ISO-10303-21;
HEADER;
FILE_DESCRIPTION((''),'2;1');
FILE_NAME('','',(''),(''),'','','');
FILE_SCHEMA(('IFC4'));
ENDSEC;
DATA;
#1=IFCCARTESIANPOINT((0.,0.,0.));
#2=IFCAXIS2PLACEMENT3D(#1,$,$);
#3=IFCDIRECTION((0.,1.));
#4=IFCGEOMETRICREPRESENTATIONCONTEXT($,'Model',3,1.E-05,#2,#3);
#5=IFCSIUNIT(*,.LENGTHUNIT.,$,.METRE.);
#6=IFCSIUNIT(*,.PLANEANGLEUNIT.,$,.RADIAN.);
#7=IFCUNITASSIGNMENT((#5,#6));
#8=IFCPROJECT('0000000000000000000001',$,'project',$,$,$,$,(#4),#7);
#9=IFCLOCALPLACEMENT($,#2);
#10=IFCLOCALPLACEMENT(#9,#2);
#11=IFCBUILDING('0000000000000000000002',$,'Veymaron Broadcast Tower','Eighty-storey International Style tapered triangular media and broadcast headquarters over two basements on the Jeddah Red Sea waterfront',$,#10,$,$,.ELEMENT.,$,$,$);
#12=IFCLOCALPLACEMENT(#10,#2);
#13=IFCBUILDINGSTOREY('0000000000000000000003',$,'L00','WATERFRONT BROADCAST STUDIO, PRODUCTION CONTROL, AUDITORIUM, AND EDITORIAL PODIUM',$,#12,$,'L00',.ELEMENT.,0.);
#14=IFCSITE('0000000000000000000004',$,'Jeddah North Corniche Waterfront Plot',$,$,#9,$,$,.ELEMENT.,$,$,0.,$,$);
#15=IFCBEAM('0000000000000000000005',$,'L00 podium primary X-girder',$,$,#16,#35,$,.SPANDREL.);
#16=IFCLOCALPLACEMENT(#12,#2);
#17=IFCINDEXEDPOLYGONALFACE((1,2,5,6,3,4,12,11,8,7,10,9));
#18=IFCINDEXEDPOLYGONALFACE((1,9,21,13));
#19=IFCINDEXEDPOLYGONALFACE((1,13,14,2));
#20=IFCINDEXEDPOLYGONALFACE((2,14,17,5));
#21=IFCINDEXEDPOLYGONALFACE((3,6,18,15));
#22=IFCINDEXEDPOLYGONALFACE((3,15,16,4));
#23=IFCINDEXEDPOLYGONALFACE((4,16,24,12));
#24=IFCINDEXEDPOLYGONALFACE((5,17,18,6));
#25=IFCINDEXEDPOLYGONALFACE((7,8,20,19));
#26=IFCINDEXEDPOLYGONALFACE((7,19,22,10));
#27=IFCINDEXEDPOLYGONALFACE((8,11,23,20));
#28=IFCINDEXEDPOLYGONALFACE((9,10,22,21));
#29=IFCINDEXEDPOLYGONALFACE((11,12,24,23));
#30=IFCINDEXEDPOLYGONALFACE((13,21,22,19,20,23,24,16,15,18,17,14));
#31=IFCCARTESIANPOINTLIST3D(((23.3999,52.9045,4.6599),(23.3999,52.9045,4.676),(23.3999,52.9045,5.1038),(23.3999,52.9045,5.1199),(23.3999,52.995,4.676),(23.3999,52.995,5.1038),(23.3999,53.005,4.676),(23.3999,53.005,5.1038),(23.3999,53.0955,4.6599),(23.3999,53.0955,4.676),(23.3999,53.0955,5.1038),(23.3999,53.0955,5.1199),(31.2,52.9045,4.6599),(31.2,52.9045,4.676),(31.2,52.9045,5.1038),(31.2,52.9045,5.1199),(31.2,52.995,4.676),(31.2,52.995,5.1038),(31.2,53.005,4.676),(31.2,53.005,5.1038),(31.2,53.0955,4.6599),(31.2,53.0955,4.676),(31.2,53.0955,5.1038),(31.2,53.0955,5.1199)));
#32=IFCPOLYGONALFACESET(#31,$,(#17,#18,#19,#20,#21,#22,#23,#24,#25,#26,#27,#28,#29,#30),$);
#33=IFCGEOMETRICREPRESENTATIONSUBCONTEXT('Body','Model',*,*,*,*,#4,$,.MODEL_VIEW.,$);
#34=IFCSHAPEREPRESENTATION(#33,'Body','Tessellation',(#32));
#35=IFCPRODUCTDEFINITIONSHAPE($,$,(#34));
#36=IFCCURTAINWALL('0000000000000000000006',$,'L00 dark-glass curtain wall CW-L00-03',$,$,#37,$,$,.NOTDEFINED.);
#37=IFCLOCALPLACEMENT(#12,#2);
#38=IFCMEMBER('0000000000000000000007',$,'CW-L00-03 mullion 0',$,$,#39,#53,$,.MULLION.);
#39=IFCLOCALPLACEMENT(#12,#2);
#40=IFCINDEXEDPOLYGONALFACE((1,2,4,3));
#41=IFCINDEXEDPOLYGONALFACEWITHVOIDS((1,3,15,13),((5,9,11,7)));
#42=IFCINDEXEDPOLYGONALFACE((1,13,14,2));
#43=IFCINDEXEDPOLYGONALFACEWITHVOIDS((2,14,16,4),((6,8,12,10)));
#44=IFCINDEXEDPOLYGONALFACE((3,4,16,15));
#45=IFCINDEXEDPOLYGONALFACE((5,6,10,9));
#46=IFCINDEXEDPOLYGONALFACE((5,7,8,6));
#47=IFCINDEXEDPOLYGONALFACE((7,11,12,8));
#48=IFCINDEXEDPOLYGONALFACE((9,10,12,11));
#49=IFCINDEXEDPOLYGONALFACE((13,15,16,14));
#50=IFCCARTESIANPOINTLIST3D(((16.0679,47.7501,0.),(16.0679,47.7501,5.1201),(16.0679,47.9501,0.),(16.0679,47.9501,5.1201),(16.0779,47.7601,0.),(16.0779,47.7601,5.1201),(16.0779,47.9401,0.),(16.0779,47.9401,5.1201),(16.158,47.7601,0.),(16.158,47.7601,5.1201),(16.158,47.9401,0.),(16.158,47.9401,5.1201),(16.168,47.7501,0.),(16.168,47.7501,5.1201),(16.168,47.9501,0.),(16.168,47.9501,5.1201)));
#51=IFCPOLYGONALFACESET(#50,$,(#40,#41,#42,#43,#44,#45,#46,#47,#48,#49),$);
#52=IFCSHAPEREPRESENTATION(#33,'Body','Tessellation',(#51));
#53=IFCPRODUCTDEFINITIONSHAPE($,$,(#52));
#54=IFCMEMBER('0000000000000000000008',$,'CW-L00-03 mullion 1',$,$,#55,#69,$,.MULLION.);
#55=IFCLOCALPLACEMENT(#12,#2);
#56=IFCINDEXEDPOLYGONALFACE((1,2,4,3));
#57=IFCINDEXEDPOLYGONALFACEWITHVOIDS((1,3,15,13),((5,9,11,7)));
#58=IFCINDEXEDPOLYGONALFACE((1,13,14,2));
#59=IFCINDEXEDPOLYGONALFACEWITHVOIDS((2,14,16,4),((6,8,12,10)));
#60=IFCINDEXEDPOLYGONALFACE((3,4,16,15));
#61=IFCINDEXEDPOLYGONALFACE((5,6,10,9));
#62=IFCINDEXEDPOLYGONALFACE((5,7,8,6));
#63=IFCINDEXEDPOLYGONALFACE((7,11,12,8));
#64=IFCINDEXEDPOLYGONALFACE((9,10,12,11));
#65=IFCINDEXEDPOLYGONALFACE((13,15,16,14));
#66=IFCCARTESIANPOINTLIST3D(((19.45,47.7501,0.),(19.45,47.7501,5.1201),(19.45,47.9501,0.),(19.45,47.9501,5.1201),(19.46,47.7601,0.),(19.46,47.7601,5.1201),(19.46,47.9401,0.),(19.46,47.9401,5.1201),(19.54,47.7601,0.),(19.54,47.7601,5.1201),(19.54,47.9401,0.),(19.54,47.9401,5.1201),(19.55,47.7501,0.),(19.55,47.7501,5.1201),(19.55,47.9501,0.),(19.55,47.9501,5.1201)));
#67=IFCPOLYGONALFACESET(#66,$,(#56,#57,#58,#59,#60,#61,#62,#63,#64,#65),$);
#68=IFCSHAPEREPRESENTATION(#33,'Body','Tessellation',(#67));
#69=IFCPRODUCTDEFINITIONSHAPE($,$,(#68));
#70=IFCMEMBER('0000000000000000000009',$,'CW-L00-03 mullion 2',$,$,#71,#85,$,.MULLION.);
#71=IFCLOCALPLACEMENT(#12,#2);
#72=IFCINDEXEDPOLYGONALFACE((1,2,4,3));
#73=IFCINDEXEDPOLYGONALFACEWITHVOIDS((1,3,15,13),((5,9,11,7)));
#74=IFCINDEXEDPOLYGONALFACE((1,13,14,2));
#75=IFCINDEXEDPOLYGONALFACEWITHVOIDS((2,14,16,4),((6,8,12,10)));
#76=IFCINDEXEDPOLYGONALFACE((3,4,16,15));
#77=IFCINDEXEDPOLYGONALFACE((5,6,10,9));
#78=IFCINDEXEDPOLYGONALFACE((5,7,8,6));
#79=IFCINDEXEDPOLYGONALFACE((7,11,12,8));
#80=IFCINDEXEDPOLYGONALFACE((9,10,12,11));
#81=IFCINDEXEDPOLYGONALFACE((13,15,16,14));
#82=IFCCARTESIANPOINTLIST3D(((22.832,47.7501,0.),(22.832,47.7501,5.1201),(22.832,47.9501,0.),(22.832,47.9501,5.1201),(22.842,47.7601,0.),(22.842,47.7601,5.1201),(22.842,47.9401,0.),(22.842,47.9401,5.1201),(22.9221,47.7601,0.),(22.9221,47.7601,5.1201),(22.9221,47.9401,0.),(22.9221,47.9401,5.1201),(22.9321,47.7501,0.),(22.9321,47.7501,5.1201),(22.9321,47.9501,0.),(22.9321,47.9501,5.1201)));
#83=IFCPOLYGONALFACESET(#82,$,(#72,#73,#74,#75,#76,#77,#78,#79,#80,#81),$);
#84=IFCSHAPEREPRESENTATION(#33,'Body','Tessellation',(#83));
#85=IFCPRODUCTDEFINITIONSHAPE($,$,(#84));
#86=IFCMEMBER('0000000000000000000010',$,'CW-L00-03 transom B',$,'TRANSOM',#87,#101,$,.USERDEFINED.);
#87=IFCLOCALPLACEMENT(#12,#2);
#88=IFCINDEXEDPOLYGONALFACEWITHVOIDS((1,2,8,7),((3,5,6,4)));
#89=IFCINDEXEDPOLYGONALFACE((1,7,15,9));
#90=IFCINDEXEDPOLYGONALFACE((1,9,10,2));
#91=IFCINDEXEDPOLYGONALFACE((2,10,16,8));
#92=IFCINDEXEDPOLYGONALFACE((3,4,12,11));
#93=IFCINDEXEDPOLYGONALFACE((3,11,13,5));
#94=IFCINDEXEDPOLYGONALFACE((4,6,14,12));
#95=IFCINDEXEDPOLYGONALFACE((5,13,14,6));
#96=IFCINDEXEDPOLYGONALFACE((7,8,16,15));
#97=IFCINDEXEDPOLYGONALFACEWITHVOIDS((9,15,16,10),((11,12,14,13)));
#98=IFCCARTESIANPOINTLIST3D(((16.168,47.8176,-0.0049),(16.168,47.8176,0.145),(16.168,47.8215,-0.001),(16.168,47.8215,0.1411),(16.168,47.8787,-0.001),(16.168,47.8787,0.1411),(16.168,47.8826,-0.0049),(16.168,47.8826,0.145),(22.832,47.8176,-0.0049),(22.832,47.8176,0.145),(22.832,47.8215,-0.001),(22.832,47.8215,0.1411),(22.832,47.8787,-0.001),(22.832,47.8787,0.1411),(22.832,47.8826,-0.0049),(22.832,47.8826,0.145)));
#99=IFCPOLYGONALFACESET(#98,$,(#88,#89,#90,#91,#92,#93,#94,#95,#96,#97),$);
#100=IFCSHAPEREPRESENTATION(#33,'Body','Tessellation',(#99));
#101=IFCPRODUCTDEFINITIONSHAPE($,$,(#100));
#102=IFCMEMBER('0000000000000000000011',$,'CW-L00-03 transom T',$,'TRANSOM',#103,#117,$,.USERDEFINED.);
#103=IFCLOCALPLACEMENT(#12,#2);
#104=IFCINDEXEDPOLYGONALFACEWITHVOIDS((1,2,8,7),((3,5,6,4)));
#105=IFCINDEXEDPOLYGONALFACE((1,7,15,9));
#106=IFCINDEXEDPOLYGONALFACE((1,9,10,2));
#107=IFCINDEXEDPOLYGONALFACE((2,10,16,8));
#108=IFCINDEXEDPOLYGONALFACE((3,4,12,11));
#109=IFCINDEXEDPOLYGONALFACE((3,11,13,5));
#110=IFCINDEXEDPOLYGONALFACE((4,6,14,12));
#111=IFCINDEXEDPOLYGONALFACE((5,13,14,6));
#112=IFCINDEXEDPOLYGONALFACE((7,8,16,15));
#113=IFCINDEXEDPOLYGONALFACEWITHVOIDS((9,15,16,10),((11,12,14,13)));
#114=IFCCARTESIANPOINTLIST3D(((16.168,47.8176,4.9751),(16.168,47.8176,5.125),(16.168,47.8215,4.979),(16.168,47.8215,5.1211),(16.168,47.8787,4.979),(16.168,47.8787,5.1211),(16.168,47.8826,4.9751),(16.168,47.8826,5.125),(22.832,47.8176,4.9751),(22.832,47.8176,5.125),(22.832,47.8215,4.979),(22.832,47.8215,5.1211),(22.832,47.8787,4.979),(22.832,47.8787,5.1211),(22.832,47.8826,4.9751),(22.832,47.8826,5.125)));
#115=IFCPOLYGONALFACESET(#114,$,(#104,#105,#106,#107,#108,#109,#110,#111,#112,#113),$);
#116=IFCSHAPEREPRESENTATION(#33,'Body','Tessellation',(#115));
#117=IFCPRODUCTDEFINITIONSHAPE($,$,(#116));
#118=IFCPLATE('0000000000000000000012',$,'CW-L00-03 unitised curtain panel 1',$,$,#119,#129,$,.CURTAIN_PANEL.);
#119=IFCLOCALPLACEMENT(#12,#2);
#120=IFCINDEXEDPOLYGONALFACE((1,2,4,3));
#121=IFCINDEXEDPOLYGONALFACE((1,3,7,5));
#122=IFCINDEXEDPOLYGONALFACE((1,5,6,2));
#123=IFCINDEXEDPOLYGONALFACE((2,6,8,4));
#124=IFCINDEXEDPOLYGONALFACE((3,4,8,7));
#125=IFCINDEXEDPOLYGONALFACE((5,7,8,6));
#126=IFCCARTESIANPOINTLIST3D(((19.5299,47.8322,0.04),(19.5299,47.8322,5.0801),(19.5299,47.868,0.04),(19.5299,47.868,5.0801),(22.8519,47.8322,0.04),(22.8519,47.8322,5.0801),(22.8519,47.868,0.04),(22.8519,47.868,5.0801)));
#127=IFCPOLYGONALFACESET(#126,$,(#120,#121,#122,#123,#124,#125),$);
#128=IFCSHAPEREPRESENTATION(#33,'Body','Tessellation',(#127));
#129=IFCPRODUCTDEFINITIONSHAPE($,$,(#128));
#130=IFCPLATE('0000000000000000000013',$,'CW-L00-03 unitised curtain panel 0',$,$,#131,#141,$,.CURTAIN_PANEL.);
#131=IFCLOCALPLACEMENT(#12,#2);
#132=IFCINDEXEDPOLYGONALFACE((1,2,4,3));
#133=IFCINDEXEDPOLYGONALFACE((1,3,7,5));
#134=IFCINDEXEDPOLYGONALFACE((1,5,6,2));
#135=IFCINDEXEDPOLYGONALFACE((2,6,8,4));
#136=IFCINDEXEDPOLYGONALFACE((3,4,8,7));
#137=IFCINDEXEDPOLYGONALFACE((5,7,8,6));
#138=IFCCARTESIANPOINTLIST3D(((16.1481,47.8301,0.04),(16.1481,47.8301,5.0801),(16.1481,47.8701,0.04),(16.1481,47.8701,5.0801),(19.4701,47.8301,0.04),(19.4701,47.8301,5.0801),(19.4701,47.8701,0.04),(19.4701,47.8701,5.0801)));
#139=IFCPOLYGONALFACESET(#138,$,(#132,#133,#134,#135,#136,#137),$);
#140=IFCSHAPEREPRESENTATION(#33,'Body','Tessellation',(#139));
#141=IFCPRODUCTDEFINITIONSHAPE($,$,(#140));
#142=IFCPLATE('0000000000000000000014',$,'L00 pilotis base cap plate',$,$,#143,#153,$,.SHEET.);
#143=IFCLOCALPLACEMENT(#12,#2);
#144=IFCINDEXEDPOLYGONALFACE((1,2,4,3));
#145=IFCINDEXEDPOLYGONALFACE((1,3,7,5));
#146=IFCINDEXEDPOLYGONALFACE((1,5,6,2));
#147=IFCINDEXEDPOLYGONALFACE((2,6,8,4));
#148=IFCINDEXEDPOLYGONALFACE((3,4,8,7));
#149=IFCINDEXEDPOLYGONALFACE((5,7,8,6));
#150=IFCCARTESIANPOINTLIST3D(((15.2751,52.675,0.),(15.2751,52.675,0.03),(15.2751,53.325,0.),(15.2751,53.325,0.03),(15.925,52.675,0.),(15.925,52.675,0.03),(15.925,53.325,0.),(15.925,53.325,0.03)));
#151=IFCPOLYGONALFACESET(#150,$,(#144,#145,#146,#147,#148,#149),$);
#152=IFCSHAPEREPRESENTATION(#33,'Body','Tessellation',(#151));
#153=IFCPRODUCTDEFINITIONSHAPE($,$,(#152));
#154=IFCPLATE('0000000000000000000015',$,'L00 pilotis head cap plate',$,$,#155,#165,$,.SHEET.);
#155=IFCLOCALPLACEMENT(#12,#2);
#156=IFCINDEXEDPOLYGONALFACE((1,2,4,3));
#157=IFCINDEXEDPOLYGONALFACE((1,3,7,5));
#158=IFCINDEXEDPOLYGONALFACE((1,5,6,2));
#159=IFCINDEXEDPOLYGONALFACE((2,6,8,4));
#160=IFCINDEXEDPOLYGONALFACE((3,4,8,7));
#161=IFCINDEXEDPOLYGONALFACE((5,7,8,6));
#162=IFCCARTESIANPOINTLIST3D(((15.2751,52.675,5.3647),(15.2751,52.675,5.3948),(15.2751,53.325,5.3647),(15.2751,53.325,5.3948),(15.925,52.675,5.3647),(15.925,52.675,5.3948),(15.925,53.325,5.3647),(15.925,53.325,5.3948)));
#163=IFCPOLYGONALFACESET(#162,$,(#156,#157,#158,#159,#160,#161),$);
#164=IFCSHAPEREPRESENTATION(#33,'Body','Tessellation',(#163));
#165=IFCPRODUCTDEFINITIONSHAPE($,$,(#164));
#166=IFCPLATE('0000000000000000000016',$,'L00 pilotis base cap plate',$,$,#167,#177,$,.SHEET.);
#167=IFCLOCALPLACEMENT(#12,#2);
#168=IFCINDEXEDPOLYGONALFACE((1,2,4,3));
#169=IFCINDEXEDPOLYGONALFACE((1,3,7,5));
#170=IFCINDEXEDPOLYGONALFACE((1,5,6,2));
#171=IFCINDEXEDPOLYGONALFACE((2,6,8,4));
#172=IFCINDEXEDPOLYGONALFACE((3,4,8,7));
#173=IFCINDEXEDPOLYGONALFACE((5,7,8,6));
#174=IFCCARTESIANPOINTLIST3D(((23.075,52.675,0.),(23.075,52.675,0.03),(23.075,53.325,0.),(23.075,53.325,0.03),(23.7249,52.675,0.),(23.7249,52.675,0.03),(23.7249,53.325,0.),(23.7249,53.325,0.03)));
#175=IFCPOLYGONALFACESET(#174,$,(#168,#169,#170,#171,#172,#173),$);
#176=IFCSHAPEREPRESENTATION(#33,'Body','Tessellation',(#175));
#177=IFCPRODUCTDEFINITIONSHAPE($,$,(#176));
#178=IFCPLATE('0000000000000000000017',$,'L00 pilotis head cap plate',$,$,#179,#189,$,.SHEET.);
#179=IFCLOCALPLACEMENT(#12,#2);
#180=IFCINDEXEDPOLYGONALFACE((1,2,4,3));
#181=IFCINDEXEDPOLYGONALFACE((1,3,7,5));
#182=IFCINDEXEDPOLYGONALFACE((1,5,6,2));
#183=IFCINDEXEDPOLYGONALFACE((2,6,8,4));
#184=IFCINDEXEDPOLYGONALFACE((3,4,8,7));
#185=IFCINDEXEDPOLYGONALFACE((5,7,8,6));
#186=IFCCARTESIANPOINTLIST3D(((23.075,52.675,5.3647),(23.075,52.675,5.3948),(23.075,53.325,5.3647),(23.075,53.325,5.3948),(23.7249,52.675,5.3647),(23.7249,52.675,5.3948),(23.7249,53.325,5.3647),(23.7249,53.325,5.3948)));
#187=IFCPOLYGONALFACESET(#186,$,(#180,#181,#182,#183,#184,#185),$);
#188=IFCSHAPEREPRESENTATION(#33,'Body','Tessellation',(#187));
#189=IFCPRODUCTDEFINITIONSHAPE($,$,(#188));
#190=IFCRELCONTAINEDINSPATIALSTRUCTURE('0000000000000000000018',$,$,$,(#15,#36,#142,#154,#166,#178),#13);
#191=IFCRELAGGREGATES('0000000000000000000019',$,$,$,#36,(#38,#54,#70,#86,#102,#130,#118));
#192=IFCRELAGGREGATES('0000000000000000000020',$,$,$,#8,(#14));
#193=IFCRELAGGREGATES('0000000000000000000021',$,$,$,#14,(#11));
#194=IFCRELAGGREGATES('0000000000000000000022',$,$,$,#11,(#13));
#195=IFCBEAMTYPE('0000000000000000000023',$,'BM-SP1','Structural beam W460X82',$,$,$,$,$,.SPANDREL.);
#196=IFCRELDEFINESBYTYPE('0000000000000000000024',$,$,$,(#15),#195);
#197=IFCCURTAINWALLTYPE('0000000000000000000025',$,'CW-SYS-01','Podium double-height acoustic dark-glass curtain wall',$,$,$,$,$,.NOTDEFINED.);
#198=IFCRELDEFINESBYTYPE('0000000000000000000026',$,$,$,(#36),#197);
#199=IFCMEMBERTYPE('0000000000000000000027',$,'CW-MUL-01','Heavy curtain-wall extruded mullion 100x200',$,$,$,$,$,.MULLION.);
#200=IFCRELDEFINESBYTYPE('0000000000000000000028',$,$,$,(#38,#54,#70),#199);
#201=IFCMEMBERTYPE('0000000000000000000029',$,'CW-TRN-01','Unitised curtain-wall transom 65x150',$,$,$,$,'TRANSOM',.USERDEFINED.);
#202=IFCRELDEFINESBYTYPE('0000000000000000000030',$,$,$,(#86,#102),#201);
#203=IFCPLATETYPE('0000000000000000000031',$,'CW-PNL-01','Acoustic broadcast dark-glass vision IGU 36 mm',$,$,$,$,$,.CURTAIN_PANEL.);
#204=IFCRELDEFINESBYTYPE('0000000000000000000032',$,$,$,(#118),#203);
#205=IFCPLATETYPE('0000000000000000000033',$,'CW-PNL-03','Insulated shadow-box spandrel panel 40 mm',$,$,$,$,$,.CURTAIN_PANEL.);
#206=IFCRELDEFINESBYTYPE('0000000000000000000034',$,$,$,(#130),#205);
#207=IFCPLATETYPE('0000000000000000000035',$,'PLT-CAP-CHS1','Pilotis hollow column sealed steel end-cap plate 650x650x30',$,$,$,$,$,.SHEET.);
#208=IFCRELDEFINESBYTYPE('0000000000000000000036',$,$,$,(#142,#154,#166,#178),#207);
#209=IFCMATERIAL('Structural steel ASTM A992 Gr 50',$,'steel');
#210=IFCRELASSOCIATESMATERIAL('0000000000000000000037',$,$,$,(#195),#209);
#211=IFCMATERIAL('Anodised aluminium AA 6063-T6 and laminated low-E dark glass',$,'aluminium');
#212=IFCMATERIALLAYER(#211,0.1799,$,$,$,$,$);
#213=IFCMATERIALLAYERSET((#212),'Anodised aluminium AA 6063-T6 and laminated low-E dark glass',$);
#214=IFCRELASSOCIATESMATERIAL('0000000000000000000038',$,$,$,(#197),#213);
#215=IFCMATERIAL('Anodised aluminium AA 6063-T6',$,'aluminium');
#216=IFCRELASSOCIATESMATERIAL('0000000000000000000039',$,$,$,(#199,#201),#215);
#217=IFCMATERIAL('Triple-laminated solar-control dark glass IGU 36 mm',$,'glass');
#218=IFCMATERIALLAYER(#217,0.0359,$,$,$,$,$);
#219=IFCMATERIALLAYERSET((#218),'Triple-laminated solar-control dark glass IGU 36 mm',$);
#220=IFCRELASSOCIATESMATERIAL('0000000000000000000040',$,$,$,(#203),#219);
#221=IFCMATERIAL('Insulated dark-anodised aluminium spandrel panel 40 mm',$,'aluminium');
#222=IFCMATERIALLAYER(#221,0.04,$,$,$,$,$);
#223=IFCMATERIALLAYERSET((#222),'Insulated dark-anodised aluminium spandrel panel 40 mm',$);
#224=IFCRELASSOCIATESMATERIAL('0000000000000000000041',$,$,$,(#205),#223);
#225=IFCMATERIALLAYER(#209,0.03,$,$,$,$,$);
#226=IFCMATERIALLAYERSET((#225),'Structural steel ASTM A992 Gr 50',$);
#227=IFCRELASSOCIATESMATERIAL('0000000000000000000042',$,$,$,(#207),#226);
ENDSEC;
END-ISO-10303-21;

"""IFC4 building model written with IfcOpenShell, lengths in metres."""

from ifc_helpers import new_model, si_unit, direction, frame, origin, origin_2d, place, context, subcontext, project, spatial, rectangle, hollow_rectangle, i_section, extrude, material, layer, layer_set, material_profile, profile_set, type_object, element, aggregate, save


model = new_model("IFC4")

# Units and contexts
model_context = context("Model", 3, precision=1e-05, world=origin(), true_north=direction((0.0, 1.0)))
body_context = subcontext(model_context, "Body", "Model", "MODEL_VIEW")
ifc_project = project(units=[si_unit("LENGTHUNIT", "METRE"), si_unit("PLANEANGLEUNIT", "RADIAN")], contexts=[model_context])

# Site, building, storey
site_placement = place(None, origin())
site = spatial("IfcSite", under=ifc_project, at=site_placement, Name="Jeddah North Corniche Waterfront Plot", CompositionType="ELEMENT", RefElevation=0.0)
building_placement = place(site_placement, origin())
building = spatial("IfcBuilding", under=site, at=building_placement, Name="Veymaron Broadcast Tower", Description="Eighty-storey International Style tapered triangular media and broadcast headquarters over two basements on the Jeddah Red Sea waterfront", CompositionType="ELEMENT")
storey_placement = place(building_placement, origin())
storey = spatial("IfcBuildingStorey", under=building, at=storey_placement, Name="L00", Description="WATERFRONT BROADCAST STUDIO, PRODUCTION CONTROL, AUDITORIUM, AND EDITORIAL PODIUM", LongName="L00", CompositionType="ELEMENT", Elevation=0.0)

# Shared definitions
ifc_material_1 = material(Name="Structural steel ASTM A992 Gr 50", Category="steel")

# Beam
ifc_material_profile_1 = material_profile(ifc_material_1, i_section(OverallWidth=0.1909, OverallDepth=0.46, WebThickness=0.01, FlangeThickness=0.0161, at=origin_2d()), Name="W460X82")
ifc_profile_set_1 = profile_set([ifc_material_profile_1], Name="Structural steel ASTM A992 Gr 50")
beam_type_1 = type_object("IfcBeamType", Name="BM-SP1", Description="Structural beam W460X82", PredefinedType="SPANDREL", material=ifc_profile_set_1)
beam_1_placement = place(storey_placement, frame((23.3999, 53.0, 4.8899), z_axis=(1.0, 0.0, 0.0), x_axis=(0.0, 1.0, 0.0)))
element("IfcBeam", 1, at=beam_1_placement, inside=storey, type_object=beam_type_1, Name="L00 podium primary X-girder", PredefinedType="SPANDREL", context=body_context, shape_type="SweptSolid", body=[
    extrude(i_section(OverallWidth=0.1909, OverallDepth=0.46, WebThickness=0.01, FlangeThickness=0.0161, at=origin_2d()), origin(), (0.0, 0.0, 1.0), 7.8),
])

# Curtain wall, members, plates
ifc_material_2 = material(Name="Anodised aluminium AA 6063-T6 and laminated low-E dark glass", Category="aluminium")
ifc_layer_1 = layer(ifc_material_2, 0.1799)
ifc_layer_set_1 = layer_set([ifc_layer_1], Name="Anodised aluminium AA 6063-T6 and laminated low-E dark glass")
curtain_wall_type = type_object("IfcCurtainWallType", Name="CW-SYS-01", Description="Podium double-height acoustic dark-glass curtain wall", PredefinedType="NOTDEFINED", material=ifc_layer_set_1)
curtain_wall_placement = place(storey_placement, origin())
curtain_wall = element("IfcCurtainWall", 2, at=curtain_wall_placement, inside=storey, type_object=curtain_wall_type, Name="L00 dark-glass curtain wall CW-L00-03", PredefinedType="NOTDEFINED")
ifc_material_3 = material(Name="Anodised aluminium AA 6063-T6", Category="aluminium")
ifc_material_profile_2 = material_profile(ifc_material_3, hollow_rectangle(XDim=0.1001, YDim=0.2, WallThickness=0.01, at=origin_2d()), Name="RHS200X100X10")
ifc_profile_set_2 = profile_set([ifc_material_profile_2], Name="Anodised aluminium AA 6063-T6")
member_type_1 = type_object("IfcMemberType", Name="CW-MUL-01", Description="Heavy curtain-wall extruded mullion 100x200", PredefinedType="MULLION", material=ifc_profile_set_2)
member_1_placement = place(storey_placement, frame((16.1179, 47.8501, 0.0), z_axis=(0.0, 0.0, 1.0), x_axis=(1.0, 0.0, 0.0)))
member_1 = element("IfcMember", 3, at=member_1_placement, type_object=member_type_1, Name="CW-L00-03 mullion 0", PredefinedType="MULLION", context=body_context, shape_type="SweptSolid", body=[
    extrude(hollow_rectangle(XDim=0.1001, YDim=0.2, WallThickness=0.01, at=origin_2d()), origin(), (0.0, 0.0, 1.0), 5.1201),
])
member_2_placement = place(storey_placement, frame((19.5, 47.8501, 0.0), z_axis=(0.0, 0.0, 1.0), x_axis=(1.0, 0.0, 0.0)))
member_2 = element("IfcMember", 4, at=member_2_placement, type_object=member_type_1, Name="CW-L00-03 mullion 1", PredefinedType="MULLION", context=body_context, shape_type="SweptSolid", body=[
    extrude(hollow_rectangle(XDim=0.1001, YDim=0.2, WallThickness=0.01, at=origin_2d()), origin(), (0.0, 0.0, 1.0), 5.1201),
])
member_3_placement = place(storey_placement, frame((22.8821, 47.8501, 0.0), z_axis=(0.0, 0.0, 1.0), x_axis=(1.0, 0.0, 0.0)))
member_3 = element("IfcMember", 5, at=member_3_placement, type_object=member_type_1, Name="CW-L00-03 mullion 2", PredefinedType="MULLION", context=body_context, shape_type="SweptSolid", body=[
    extrude(hollow_rectangle(XDim=0.1001, YDim=0.2, WallThickness=0.01, at=origin_2d()), origin(), (0.0, 0.0, 1.0), 5.1201),
])
ifc_material_profile_3 = material_profile(ifc_material_3, hollow_rectangle(XDim=0.0649, YDim=0.1499, WallThickness=0.0039, at=origin_2d()), Name="AL150X65X4")
ifc_profile_set_3 = profile_set([ifc_material_profile_3], Name="Anodised aluminium AA 6063-T6")
member_type_2 = type_object("IfcMemberType", Name="CW-TRN-01", Description="Unitised curtain-wall transom 65x150", ElementType="TRANSOM", PredefinedType="USERDEFINED", material=ifc_profile_set_3)
member_4_placement = place(storey_placement, frame((16.168, 47.8501, 0.0701), z_axis=(1.0, 0.0, 0.0), x_axis=(0.0, 1.0, 0.0)))
member_4 = element("IfcMember", 6, at=member_4_placement, type_object=member_type_2, Name="CW-L00-03 transom B", ObjectType="TRANSOM", PredefinedType="USERDEFINED", context=body_context, shape_type="SweptSolid", body=[
    extrude(hollow_rectangle(XDim=0.0649, YDim=0.1499, WallThickness=0.0039, at=origin_2d()), origin(), (0.0, 0.0, 1.0), 6.6641),
])
member_5_placement = place(storey_placement, frame((16.168, 47.8501, 5.05), z_axis=(1.0, 0.0, 0.0), x_axis=(0.0, 1.0, 0.0)))
member_5 = element("IfcMember", 7, at=member_5_placement, type_object=member_type_2, Name="CW-L00-03 transom T", ObjectType="TRANSOM", PredefinedType="USERDEFINED", context=body_context, shape_type="SweptSolid", body=[
    extrude(hollow_rectangle(XDim=0.0649, YDim=0.1499, WallThickness=0.0039, at=origin_2d()), origin(), (0.0, 0.0, 1.0), 6.6641),
])
ifc_material_4 = material(Name="Triple-laminated solar-control dark glass IGU 36 mm", Category="glass")
ifc_layer_2 = layer(ifc_material_4, 0.0359)
ifc_layer_set_2 = layer_set([ifc_layer_2], Name="Triple-laminated solar-control dark glass IGU 36 mm")
plate_type_1 = type_object("IfcPlateType", Name="CW-PNL-01", Description="Acoustic broadcast dark-glass vision IGU 36 mm", PredefinedType="CURTAIN_PANEL", material=ifc_layer_set_2)
plate_1_placement = place(storey_placement, frame((21.1909, 47.8501, 0.04), z_axis=(0.0, 0.0, 1.0), x_axis=(1.0, 0.0, 0.0)))
plate_1 = element("IfcPlate", 8, at=plate_1_placement, type_object=plate_type_1, Name="CW-L00-03 unitised curtain panel 1", PredefinedType="CURTAIN_PANEL", context=body_context, shape_type="SweptSolid", body=[
    extrude(rectangle(XDim=3.322, YDim=0.0359, at=origin_2d()), origin(), (0.0, 0.0, 1.0), 5.04),
])
ifc_material_5 = material(Name="Insulated dark-anodised aluminium spandrel panel 40 mm", Category="aluminium")
ifc_layer_3 = layer(ifc_material_5, 0.04)
ifc_layer_set_3 = layer_set([ifc_layer_3], Name="Insulated dark-anodised aluminium spandrel panel 40 mm")
plate_type_2 = type_object("IfcPlateType", Name="CW-PNL-03", Description="Insulated shadow-box spandrel panel 40 mm", PredefinedType="CURTAIN_PANEL", material=ifc_layer_set_3)
plate_2_placement = place(storey_placement, frame((17.8091, 47.8501, 0.04), z_axis=(0.0, 0.0, 1.0), x_axis=(1.0, 0.0, 0.0)))
plate_2 = element("IfcPlate", 9, at=plate_2_placement, type_object=plate_type_2, Name="CW-L00-03 unitised curtain panel 0", PredefinedType="CURTAIN_PANEL", context=body_context, shape_type="SweptSolid", body=[
    extrude(rectangle(XDim=3.322, YDim=0.04, at=origin_2d()), origin(), (0.0, 0.0, 1.0), 5.04),
])
aggregate(curtain_wall, [member_1, member_2, member_3, member_4, member_5, plate_2, plate_1])

# Plates
ifc_layer_4 = layer(ifc_material_1, 0.03)
ifc_layer_set_4 = layer_set([ifc_layer_4], Name="Structural steel ASTM A992 Gr 50")
plate_type_3 = type_object("IfcPlateType", Name="PLT-CAP-CHS1", Description="Pilotis hollow column sealed steel end-cap plate 650x650x30", PredefinedType="SHEET", material=ifc_layer_set_4)
for number, where, z_axis, x_axis, name in (
    (10, (15.6001, 53.0, 0.0), (0.0, 0.0, 1.0), (1.0, 0.0, 0.0), "L00 pilotis base cap plate"),
    (11, (15.6001, 53.0, 5.3647), (0.0, 0.0, 1.0), (1.0, 0.0, 0.0), "L00 pilotis head cap plate"),
    (12, (23.3999, 53.0, 0.0), (0.0, 0.0, 1.0), (1.0, 0.0, 0.0), "L00 pilotis base cap plate"),
    (13, (23.3999, 53.0, 5.3647), (0.0, 0.0, 1.0), (1.0, 0.0, 0.0), "L00 pilotis head cap plate"),
):
    element("IfcPlate", number, at=place(storey_placement, frame(where, z_axis=z_axis, x_axis=x_axis)), inside=storey, type_object=plate_type_3, Name=name, PredefinedType="SHEET", context=body_context, shape_type="SweptSolid", body=[
        extrude(rectangle(XDim=0.6499, YDim=0.6499, at=origin_2d()), origin(), (0.0, 0.0, 1.0), 0.03),
    ])

save(model, "model.ifc")
